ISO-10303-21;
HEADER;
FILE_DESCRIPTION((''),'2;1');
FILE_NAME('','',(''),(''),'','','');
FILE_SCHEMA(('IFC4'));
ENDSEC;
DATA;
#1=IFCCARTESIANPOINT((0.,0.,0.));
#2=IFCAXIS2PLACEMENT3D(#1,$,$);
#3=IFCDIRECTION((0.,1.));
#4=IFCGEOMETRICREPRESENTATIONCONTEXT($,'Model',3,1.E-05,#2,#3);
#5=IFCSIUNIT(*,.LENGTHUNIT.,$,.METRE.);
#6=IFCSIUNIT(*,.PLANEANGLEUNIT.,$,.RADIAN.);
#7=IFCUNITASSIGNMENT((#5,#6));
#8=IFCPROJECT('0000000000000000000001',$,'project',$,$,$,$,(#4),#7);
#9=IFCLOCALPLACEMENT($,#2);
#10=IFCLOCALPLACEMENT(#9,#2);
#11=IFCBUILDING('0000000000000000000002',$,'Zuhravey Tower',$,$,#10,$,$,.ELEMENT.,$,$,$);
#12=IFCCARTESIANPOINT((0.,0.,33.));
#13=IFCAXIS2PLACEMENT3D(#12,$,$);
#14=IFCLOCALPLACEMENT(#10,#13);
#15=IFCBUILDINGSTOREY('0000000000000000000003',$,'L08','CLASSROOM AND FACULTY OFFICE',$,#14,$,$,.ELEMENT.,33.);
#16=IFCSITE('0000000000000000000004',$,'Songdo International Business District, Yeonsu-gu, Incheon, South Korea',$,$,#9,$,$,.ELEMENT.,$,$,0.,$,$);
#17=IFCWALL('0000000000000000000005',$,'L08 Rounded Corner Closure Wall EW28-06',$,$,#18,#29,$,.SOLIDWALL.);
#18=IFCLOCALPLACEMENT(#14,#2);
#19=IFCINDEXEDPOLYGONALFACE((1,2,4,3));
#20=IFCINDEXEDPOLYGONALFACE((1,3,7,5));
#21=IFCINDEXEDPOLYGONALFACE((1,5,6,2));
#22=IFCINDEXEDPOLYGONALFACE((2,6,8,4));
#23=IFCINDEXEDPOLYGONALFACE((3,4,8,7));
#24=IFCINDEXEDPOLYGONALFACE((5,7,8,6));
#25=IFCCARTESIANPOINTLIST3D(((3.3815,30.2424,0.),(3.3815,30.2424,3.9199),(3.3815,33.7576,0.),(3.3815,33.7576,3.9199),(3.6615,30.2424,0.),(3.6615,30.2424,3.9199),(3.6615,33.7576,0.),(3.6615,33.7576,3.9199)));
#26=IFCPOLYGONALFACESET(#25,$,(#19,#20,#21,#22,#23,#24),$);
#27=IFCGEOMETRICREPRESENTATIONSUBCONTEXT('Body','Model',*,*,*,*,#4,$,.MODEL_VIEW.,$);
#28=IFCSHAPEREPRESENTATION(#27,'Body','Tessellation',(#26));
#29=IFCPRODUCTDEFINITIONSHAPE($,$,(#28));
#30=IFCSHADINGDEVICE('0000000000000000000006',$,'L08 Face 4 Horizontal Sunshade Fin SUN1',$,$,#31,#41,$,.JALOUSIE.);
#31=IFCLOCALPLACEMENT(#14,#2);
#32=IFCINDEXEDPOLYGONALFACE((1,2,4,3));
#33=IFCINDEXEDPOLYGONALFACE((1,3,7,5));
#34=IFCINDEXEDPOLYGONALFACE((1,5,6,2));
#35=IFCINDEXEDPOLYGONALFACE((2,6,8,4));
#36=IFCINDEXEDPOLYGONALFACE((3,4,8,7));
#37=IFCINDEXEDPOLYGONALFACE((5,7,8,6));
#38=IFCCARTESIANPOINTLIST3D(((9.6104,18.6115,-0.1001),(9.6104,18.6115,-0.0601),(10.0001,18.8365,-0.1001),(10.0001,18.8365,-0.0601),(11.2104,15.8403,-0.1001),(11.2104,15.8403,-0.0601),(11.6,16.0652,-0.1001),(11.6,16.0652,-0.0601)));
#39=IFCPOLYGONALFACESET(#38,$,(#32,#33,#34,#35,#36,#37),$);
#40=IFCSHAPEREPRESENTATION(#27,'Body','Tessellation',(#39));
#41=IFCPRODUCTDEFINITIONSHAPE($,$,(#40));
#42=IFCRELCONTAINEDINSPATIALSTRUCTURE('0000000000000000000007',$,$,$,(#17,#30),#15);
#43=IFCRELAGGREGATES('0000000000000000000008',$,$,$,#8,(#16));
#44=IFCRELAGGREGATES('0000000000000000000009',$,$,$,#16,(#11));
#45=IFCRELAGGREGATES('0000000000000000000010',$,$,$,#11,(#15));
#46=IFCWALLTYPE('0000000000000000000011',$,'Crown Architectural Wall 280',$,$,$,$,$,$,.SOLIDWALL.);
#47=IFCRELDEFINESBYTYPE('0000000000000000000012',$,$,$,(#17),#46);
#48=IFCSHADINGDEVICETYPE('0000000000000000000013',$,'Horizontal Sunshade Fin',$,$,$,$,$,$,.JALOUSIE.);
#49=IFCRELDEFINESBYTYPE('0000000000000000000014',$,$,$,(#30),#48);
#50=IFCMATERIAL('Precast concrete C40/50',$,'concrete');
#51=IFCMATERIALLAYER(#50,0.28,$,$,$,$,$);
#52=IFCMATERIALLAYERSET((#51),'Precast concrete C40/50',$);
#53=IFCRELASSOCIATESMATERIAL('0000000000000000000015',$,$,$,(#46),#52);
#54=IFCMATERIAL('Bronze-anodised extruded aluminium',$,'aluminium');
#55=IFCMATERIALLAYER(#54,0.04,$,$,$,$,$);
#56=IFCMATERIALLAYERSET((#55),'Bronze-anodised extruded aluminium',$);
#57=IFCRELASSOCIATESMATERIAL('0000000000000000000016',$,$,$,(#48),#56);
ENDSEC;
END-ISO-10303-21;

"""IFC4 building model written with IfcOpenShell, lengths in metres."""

from ifc_helpers import new_model, si_unit, direction, frame, frame_2d, origin, origin_2d, place, context, subcontext, project, spatial, rectangle, extrude, material, layer, layer_set, type_object, element, save


model = new_model("IFC4")

# Units and contexts
model_context = context("Model", 3, precision=1e-05, world=origin(), true_north=direction((0.0, 1.0)))
body_context = subcontext(model_context, "Body", "Model", "MODEL_VIEW")
ifc_project = project(units=[si_unit("LENGTHUNIT", "METRE"), si_unit("PLANEANGLEUNIT", "RADIAN")], contexts=[model_context])

# Site, building, storey
site_placement = place(None, origin())
site = spatial("IfcSite", under=ifc_project, at=site_placement, Name="Songdo International Business District, Yeonsu-gu, Incheon, South Korea", CompositionType="ELEMENT", RefElevation=0.0)
building_placement = place(site_placement, origin())
building = spatial("IfcBuilding", under=site, at=building_placement, Name="Zuhravey Tower", CompositionType="ELEMENT")
storey_placement = place(building_placement, frame((0.0, 0.0, 33.0)))
storey = spatial("IfcBuildingStorey", under=building, at=storey_placement, Name="L08", Description="CLASSROOM AND FACULTY OFFICE", CompositionType="ELEMENT", Elevation=33.0)

# Wall
ifc_material_1 = material(Name="Precast concrete C40/50", Category="concrete")
ifc_layer_1 = layer(ifc_material_1, 0.28)
ifc_layer_set_1 = layer_set([ifc_layer_1], Name="Precast concrete C40/50")
wall_type = type_object("IfcWallType", Name="Crown Architectural Wall 280", PredefinedType="SOLIDWALL", material=ifc_layer_set_1)
wall_1_placement = place(storey_placement, frame((3.5215, 30.2424, 0.0), z_axis=(0.0, 0.0, 1.0), x_axis=(0.0, 1.0, 0.0)))
element("IfcWall", 1, at=wall_1_placement, inside=storey, type_object=wall_type, Name="L08 Rounded Corner Closure Wall EW28-06", PredefinedType="SOLIDWALL", context=body_context, shape_type="SweptSolid", body=[
    extrude(rectangle(XDim=3.5151, YDim=0.28, at=frame_2d((1.7576, 0.0))), origin(), (0.0, 0.0, 1.0), 3.9199),
])

# Shading device
ifc_material_2 = material(Name="Bronze-anodised extruded aluminium", Category="aluminium")
ifc_layer_2 = layer(ifc_material_2, 0.04)
ifc_layer_set_2 = layer_set([ifc_layer_2], Name="Bronze-anodised extruded aluminium")
shading_device_type = type_object("IfcShadingDeviceType", Name="Horizontal Sunshade Fin", PredefinedType="JALOUSIE", material=ifc_layer_set_2)
shading_device_placement = place(storey_placement, frame((10.6052, 17.3384, -0.1001), z_axis=(0.0, 0.0, 1.0), x_axis=(-0.5, 0.866025, 0.0)))
element("IfcShadingDevice", 2, at=shading_device_placement, inside=storey, type_object=shading_device_type, Name="L08 Face 4 Horizontal Sunshade Fin SUN1", PredefinedType="JALOUSIE", context=body_context, shape_type="SweptSolid", body=[
    extrude(rectangle(XDim=3.2, YDim=0.45, at=origin_2d()), origin(), (0.0, 0.0, 1.0), 0.04),
])

save(model, "model.ifc")
